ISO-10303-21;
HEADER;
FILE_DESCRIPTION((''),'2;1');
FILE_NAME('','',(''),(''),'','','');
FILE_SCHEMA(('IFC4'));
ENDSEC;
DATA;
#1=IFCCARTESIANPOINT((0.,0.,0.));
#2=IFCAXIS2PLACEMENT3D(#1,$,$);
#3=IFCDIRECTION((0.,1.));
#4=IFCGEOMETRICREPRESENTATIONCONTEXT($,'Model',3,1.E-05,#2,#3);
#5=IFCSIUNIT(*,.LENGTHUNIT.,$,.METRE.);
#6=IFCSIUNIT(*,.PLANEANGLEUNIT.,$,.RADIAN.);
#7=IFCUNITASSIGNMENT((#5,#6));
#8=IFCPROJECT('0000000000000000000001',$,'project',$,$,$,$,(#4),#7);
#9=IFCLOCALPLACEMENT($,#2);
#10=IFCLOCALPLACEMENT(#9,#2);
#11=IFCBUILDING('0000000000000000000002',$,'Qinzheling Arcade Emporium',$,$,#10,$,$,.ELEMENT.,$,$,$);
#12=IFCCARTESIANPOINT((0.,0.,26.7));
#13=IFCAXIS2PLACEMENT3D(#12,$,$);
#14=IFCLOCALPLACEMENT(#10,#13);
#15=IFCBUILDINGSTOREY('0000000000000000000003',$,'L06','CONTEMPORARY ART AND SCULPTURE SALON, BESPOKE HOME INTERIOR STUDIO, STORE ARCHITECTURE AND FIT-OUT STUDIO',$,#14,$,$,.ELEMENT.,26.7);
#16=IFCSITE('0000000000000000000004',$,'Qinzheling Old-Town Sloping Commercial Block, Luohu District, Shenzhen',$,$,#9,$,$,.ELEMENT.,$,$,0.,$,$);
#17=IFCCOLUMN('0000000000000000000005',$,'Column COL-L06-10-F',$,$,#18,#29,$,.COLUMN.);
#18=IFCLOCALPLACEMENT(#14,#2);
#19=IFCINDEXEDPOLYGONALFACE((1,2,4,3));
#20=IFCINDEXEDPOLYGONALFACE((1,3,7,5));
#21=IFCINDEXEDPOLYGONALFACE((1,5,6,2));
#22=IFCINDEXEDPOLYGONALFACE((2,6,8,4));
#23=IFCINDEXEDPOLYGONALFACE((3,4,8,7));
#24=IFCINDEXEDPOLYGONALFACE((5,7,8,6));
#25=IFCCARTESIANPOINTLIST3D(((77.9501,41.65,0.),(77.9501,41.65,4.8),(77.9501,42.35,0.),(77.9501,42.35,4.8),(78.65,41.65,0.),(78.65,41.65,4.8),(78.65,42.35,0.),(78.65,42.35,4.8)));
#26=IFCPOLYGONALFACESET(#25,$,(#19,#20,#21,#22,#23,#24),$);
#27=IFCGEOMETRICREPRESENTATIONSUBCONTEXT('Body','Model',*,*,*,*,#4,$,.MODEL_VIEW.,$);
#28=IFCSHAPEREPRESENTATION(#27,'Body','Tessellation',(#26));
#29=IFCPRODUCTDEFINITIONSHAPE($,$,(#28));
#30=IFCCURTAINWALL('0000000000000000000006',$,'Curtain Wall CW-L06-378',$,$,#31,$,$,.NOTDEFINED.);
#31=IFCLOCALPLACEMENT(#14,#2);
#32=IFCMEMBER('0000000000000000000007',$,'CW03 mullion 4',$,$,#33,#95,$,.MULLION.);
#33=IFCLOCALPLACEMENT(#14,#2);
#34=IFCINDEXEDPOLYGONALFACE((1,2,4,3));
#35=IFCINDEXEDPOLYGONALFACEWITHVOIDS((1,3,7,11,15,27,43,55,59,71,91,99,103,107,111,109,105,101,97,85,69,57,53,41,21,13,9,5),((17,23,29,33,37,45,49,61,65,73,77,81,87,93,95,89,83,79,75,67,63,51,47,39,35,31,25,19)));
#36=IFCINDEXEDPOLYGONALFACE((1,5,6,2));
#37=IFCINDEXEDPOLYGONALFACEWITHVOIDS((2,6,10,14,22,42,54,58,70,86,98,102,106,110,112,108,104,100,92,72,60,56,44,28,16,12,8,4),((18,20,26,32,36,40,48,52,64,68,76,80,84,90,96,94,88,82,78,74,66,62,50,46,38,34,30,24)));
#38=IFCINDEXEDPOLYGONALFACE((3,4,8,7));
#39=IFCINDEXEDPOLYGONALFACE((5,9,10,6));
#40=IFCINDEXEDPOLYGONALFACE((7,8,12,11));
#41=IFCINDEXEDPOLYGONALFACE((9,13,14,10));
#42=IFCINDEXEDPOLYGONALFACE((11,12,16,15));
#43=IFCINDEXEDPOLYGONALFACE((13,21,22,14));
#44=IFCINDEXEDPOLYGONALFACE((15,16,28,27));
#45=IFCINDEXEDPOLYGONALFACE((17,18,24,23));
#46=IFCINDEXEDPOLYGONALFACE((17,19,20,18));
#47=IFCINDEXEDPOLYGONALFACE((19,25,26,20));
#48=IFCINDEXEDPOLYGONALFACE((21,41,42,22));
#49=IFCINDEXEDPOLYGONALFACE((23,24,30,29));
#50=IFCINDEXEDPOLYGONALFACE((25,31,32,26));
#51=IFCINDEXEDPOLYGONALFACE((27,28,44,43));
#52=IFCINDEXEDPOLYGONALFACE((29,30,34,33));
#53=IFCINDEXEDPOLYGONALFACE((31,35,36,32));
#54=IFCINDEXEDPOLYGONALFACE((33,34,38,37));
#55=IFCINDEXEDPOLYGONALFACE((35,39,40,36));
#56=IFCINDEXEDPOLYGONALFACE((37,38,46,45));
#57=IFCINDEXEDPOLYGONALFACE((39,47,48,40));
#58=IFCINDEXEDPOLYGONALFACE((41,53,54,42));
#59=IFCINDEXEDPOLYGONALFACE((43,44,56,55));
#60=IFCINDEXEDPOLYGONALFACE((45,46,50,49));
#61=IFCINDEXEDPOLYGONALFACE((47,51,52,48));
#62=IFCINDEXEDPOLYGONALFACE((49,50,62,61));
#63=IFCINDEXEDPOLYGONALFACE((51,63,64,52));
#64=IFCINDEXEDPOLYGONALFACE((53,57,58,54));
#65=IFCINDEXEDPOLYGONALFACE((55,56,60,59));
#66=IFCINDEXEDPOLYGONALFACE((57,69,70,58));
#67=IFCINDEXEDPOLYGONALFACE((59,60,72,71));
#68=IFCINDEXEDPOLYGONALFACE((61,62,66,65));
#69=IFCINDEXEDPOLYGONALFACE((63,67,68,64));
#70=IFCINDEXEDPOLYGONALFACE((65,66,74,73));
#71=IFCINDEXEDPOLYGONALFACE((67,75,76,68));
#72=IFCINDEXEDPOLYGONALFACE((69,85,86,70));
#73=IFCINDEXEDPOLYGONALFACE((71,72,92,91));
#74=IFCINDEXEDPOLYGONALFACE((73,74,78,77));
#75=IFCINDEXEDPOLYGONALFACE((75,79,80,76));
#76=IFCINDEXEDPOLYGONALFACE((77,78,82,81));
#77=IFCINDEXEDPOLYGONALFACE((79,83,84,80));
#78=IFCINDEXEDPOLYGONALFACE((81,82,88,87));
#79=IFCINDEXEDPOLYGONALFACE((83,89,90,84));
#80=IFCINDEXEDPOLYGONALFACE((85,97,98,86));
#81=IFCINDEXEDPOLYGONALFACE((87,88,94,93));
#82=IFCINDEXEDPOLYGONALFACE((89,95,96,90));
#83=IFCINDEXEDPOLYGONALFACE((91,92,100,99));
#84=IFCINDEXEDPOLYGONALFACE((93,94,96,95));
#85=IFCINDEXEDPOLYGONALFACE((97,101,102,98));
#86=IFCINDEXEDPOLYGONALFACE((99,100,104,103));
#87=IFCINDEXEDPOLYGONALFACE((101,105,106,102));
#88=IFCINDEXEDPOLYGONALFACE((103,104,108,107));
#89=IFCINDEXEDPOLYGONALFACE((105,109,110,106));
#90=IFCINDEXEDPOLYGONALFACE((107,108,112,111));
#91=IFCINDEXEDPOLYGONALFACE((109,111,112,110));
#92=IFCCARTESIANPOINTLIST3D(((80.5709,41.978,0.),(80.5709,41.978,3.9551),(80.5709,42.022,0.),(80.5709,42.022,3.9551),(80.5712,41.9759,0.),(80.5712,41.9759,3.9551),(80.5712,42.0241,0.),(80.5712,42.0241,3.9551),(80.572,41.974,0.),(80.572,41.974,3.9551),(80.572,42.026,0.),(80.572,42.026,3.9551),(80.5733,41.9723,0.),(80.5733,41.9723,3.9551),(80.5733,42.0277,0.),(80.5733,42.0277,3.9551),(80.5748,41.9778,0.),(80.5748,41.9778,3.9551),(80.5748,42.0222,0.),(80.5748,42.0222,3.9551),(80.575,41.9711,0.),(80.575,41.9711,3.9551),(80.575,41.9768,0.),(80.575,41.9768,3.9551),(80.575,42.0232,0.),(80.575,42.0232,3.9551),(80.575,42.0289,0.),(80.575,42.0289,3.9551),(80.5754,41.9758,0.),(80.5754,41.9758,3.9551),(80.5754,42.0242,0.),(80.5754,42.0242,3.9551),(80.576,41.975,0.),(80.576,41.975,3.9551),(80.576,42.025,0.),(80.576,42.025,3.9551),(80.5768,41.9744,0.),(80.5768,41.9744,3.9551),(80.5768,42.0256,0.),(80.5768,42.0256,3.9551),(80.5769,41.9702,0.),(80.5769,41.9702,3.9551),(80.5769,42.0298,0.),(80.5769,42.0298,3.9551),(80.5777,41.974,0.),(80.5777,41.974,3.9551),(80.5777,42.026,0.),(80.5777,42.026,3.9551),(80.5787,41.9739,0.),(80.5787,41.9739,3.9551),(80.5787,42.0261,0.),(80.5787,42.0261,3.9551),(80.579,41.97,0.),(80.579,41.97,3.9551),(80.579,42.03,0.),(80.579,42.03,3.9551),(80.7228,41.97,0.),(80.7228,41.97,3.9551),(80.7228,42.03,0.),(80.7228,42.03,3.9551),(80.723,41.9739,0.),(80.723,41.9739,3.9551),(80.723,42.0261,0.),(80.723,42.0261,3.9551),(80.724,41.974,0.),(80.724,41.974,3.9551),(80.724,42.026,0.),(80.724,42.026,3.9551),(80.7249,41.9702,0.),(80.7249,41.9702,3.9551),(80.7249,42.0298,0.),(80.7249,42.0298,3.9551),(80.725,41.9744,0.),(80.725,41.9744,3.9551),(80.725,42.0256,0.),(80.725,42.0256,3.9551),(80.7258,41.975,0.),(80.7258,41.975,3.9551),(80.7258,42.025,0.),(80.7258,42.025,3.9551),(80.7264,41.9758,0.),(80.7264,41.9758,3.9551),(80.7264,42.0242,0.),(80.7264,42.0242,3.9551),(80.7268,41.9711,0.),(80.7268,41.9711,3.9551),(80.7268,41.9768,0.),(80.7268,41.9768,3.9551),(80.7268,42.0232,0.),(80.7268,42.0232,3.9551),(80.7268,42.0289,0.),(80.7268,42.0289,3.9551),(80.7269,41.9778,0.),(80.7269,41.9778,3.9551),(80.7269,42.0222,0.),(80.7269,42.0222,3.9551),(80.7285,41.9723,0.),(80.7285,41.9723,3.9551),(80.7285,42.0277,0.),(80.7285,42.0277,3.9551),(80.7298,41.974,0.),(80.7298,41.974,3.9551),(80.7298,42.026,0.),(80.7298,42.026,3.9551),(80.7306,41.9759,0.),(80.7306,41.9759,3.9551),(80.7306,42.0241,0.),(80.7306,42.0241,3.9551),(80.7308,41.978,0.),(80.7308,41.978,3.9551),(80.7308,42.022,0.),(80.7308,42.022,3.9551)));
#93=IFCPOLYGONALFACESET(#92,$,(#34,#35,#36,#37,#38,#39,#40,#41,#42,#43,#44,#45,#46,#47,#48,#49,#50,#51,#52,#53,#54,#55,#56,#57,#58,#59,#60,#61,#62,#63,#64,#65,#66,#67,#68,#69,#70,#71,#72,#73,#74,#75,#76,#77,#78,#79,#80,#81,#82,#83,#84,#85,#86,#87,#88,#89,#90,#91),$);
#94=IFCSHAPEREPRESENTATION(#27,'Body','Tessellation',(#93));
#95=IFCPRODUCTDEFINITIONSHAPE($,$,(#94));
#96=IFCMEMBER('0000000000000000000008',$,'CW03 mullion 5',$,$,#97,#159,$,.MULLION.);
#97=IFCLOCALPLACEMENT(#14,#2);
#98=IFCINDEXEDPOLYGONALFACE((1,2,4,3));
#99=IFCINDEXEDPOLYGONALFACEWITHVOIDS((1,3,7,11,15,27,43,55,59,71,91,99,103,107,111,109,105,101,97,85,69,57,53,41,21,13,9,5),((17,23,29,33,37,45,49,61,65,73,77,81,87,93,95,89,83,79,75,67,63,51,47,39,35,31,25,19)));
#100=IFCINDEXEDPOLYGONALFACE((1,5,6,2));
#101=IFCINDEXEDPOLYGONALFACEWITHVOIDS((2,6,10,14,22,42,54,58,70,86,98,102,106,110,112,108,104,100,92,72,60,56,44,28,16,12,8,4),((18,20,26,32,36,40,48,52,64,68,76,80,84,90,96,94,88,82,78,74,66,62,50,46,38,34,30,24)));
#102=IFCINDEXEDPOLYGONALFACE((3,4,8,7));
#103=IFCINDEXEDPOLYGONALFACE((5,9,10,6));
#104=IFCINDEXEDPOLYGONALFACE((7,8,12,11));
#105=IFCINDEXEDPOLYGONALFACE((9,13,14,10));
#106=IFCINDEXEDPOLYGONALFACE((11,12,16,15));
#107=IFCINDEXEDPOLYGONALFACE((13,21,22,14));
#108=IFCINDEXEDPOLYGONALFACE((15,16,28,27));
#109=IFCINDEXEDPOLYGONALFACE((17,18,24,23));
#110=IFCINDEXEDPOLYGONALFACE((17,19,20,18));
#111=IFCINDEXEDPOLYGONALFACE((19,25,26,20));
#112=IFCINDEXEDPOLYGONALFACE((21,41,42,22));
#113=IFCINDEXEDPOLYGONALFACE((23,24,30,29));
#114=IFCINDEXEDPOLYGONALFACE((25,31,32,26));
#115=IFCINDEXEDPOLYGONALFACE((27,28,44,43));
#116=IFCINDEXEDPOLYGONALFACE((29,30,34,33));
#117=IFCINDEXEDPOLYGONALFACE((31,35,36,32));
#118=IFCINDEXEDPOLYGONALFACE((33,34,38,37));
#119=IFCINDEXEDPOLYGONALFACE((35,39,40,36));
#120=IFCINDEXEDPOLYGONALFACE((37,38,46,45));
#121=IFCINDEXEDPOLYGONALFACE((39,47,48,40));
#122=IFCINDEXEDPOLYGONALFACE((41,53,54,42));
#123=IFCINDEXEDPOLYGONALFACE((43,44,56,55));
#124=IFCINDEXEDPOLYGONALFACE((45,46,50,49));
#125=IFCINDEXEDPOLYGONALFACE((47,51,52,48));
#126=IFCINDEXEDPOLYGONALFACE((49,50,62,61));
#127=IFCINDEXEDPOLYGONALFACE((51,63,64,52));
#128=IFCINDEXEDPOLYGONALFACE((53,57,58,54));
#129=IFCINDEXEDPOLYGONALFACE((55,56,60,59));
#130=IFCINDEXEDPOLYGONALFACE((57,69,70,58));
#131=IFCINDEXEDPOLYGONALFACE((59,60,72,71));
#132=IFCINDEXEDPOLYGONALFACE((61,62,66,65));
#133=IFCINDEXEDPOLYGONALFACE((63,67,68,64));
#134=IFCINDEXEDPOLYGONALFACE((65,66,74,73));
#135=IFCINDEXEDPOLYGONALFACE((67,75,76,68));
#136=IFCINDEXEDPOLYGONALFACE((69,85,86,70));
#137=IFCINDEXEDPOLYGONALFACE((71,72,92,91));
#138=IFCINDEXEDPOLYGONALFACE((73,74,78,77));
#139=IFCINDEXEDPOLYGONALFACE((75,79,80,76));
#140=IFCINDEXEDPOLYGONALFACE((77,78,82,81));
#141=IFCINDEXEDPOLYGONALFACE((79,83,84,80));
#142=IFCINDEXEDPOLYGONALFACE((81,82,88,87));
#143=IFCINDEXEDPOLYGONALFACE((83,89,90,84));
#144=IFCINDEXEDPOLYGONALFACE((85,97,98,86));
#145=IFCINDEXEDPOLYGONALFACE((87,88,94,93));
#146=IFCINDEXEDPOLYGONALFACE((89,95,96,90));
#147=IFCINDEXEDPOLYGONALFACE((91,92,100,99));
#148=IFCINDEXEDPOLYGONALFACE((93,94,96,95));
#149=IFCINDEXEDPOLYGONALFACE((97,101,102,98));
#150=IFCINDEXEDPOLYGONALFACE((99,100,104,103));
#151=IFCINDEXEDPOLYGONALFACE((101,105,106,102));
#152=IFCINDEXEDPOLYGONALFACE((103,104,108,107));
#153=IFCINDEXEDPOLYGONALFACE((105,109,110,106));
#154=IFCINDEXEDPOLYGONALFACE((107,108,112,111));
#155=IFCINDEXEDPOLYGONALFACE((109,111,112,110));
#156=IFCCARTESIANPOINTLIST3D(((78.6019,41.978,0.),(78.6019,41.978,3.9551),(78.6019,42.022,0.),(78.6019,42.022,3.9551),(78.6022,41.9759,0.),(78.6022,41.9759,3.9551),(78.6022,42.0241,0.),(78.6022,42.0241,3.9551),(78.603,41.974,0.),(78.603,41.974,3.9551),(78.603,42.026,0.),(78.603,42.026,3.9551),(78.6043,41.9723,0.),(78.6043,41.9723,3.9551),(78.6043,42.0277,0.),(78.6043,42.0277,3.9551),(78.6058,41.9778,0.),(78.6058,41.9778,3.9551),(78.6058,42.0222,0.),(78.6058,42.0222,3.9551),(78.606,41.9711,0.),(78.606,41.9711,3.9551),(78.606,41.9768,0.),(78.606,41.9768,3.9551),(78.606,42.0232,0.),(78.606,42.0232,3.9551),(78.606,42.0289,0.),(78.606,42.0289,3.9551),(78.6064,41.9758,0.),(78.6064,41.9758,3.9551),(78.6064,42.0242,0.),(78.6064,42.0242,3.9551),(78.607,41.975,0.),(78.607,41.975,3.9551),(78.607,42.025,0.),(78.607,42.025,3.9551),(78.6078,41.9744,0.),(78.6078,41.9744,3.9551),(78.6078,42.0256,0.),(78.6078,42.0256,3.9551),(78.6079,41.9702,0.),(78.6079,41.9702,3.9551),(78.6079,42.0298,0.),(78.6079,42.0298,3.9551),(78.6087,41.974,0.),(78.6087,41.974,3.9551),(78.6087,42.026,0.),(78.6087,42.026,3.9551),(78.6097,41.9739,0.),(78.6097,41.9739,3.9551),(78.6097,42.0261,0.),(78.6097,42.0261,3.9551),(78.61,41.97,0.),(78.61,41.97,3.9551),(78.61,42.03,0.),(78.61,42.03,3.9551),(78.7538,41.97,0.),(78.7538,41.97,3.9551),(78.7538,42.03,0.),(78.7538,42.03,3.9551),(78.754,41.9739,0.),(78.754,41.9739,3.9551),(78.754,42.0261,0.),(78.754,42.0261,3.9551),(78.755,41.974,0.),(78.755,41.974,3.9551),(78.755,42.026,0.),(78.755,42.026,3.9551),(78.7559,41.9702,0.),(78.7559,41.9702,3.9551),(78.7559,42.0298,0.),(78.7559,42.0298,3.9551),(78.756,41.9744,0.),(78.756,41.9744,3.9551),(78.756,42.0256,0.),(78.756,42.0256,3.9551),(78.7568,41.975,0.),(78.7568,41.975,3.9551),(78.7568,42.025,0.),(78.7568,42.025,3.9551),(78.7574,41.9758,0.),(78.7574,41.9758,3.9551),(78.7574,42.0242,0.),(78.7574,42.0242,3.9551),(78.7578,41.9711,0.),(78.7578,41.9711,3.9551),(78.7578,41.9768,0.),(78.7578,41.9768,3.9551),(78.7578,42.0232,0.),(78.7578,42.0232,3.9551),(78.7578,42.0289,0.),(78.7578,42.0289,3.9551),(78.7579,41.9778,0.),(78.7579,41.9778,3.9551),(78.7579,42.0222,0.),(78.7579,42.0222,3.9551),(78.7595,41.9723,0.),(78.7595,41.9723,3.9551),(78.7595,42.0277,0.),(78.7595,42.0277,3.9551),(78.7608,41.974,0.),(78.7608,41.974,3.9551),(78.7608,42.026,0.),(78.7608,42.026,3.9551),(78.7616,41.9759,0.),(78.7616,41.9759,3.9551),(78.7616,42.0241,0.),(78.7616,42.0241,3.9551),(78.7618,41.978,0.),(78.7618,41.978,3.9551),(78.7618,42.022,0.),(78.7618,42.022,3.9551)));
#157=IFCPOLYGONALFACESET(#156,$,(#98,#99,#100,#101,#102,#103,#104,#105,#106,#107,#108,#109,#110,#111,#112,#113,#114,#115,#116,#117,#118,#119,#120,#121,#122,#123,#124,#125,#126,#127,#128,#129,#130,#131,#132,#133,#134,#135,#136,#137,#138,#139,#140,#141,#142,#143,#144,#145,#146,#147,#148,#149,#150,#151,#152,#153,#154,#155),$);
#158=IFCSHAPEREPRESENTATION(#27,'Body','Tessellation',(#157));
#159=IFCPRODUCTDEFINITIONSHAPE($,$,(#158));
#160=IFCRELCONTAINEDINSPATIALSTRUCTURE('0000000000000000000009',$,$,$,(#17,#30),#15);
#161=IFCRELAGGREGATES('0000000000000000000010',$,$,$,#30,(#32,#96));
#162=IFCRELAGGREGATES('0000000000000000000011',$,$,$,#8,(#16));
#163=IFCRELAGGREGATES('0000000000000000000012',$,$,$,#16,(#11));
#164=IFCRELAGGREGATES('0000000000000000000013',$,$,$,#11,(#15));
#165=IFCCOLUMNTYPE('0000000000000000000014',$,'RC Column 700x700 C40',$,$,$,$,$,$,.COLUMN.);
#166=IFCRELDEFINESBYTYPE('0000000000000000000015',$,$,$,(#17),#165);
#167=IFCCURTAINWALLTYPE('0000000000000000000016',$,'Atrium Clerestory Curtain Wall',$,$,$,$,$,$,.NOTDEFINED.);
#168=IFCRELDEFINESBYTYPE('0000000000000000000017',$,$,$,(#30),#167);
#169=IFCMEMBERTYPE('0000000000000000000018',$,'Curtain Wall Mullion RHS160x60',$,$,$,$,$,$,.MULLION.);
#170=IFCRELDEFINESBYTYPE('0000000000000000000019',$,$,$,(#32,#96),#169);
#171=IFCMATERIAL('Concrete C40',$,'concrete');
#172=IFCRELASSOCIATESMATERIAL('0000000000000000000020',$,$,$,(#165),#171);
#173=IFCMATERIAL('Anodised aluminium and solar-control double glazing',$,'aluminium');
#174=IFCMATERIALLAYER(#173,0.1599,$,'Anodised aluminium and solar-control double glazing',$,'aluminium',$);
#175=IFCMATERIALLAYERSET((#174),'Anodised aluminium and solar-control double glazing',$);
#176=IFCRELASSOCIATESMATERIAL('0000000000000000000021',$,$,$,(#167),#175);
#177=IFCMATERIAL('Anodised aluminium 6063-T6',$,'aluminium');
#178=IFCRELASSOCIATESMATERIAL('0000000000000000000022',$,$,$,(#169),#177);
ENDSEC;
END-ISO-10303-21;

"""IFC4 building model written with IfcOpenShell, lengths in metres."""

from ifc_helpers import new_model, si_unit, direction, frame, origin, origin_2d, place, context, subcontext, project, spatial, rectangle, hollow_rectangle, extrude, material, layer, layer_set, material_profile, profile_set, type_object, element, aggregate, save


model = new_model("IFC4")

# Units and contexts
model_context = context("Model", 3, precision=1e-05, world=origin(), true_north=direction((0.0, 1.0)))
body_context = subcontext(model_context, "Body", "Model", "MODEL_VIEW")
ifc_project = project(units=[si_unit("LENGTHUNIT", "METRE"), si_unit("PLANEANGLEUNIT", "RADIAN")], contexts=[model_context])

# Site, building, storey
site_placement = place(None, origin())
site = spatial("IfcSite", under=ifc_project, at=site_placement, Name="Qinzheling Old-Town Sloping Commercial Block, Luohu District, Shenzhen", CompositionType="ELEMENT", RefElevation=0.0)
building_placement = place(site_placement, origin())
building = spatial("IfcBuilding", under=site, at=building_placement, Name="Qinzheling Arcade Emporium", CompositionType="ELEMENT")
storey_placement = place(building_placement, frame((0.0, 0.0, 26.7)))
storey = spatial("IfcBuildingStorey", under=building, at=storey_placement, Name="L06", Description="CONTEMPORARY ART AND SCULPTURE SALON, BESPOKE HOME INTERIOR STUDIO, STORE ARCHITECTURE AND FIT-OUT STUDIO", CompositionType="ELEMENT", Elevation=26.7)

# Column
ifc_material_1 = material(Name="Concrete C40", Category="concrete")
ifc_material_profile_1 = material_profile(ifc_material_1, rectangle(XDim=0.7, YDim=0.7, at=origin_2d()), Name="RC 700x700", Category="concrete")
ifc_profile_set_1 = profile_set([ifc_material_profile_1], Name="Concrete C40")
column_type = type_object("IfcColumnType", Name="RC Column 700x700 C40", PredefinedType="COLUMN", material=ifc_profile_set_1)
column_placement = place(storey_placement, frame((78.3, 42.0, 0.0), z_axis=(0.0, 0.0, 1.0), x_axis=(1.0, 0.0, 0.0)))
element("IfcColumn", 1, at=column_placement, inside=storey, type_object=column_type, Name="Column COL-L06-10-F", PredefinedType="COLUMN", context=body_context, shape_type="SweptSolid", body=[
    extrude(rectangle(XDim=0.7, YDim=0.7, at=origin_2d()), origin(), (0.0, 0.0, 1.0), 4.8),
])

# Curtain wall, members
ifc_material_2 = material(Name="Anodised aluminium and solar-control double glazing", Category="aluminium")
ifc_layer_1 = layer(ifc_material_2, 0.1599, Name="Anodised aluminium and solar-control double glazing", Category="aluminium")
ifc_layer_set_1 = layer_set([ifc_layer_1], Name="Anodised aluminium and solar-control double glazing")
curtain_wall_type = type_object("IfcCurtainWallType", Name="Atrium Clerestory Curtain Wall", PredefinedType="NOTDEFINED", material=ifc_layer_set_1)
curtain_wall_1_placement = place(storey_placement, origin())
curtain_wall_1 = element("IfcCurtainWall", 2, at=curtain_wall_1_placement, inside=storey, type_object=curtain_wall_type, Name="Curtain Wall CW-L06-378", PredefinedType="NOTDEFINED")
ifc_material_3 = material(Name="Anodised aluminium 6063-T6", Category="aluminium")
ifc_material_profile_2 = material_profile(ifc_material_3, hollow_rectangle(XDim=0.0601, YDim=0.1599, WallThickness=0.0039, InnerFilletRadius=0.0039, OuterFilletRadius=0.0081, at=origin_2d()), Name="RHS 160x60x4", Category="aluminium")
ifc_profile_set_2 = profile_set([ifc_material_profile_2], Name="Anodised aluminium 6063-T6")
member_type_1 = type_object("IfcMemberType", Name="Curtain Wall Mullion RHS160x60", PredefinedType="MULLION", material=ifc_profile_set_2)
member_1_placement = place(storey_placement, frame((80.6509, 42.0, 0.0), z_axis=(0.0, 0.0, 1.0), x_axis=(0.0, -1.0, 0.0)))
member_1 = element("IfcMember", 3, at=member_1_placement, type_object=member_type_1, Name="CW03 mullion 4", PredefinedType="MULLION", context=body_context, shape_type="SweptSolid", body=[
    extrude(hollow_rectangle(XDim=0.0601, YDim=0.1599, WallThickness=0.0039, InnerFilletRadius=0.0039, OuterFilletRadius=0.0081, at=origin_2d()), origin(), (0.0, 0.0, 1.0), 3.9551),
])
member_2_placement = place(storey_placement, frame((78.6819, 42.0, 0.0), z_axis=(0.0, 0.0, 1.0), x_axis=(0.0, -1.0, 0.0)))
member_2 = element("IfcMember", 4, at=member_2_placement, type_object=member_type_1, Name="CW03 mullion 5", PredefinedType="MULLION", context=body_context, shape_type="SweptSolid", body=[
    extrude(hollow_rectangle(XDim=0.0601, YDim=0.1599, WallThickness=0.0039, InnerFilletRadius=0.0039, OuterFilletRadius=0.0081, at=origin_2d()), origin(), (0.0, 0.0, 1.0), 3.9551),
])

aggregate(curtain_wall_1, [member_1, member_2])

save(model, "model.ifc")
